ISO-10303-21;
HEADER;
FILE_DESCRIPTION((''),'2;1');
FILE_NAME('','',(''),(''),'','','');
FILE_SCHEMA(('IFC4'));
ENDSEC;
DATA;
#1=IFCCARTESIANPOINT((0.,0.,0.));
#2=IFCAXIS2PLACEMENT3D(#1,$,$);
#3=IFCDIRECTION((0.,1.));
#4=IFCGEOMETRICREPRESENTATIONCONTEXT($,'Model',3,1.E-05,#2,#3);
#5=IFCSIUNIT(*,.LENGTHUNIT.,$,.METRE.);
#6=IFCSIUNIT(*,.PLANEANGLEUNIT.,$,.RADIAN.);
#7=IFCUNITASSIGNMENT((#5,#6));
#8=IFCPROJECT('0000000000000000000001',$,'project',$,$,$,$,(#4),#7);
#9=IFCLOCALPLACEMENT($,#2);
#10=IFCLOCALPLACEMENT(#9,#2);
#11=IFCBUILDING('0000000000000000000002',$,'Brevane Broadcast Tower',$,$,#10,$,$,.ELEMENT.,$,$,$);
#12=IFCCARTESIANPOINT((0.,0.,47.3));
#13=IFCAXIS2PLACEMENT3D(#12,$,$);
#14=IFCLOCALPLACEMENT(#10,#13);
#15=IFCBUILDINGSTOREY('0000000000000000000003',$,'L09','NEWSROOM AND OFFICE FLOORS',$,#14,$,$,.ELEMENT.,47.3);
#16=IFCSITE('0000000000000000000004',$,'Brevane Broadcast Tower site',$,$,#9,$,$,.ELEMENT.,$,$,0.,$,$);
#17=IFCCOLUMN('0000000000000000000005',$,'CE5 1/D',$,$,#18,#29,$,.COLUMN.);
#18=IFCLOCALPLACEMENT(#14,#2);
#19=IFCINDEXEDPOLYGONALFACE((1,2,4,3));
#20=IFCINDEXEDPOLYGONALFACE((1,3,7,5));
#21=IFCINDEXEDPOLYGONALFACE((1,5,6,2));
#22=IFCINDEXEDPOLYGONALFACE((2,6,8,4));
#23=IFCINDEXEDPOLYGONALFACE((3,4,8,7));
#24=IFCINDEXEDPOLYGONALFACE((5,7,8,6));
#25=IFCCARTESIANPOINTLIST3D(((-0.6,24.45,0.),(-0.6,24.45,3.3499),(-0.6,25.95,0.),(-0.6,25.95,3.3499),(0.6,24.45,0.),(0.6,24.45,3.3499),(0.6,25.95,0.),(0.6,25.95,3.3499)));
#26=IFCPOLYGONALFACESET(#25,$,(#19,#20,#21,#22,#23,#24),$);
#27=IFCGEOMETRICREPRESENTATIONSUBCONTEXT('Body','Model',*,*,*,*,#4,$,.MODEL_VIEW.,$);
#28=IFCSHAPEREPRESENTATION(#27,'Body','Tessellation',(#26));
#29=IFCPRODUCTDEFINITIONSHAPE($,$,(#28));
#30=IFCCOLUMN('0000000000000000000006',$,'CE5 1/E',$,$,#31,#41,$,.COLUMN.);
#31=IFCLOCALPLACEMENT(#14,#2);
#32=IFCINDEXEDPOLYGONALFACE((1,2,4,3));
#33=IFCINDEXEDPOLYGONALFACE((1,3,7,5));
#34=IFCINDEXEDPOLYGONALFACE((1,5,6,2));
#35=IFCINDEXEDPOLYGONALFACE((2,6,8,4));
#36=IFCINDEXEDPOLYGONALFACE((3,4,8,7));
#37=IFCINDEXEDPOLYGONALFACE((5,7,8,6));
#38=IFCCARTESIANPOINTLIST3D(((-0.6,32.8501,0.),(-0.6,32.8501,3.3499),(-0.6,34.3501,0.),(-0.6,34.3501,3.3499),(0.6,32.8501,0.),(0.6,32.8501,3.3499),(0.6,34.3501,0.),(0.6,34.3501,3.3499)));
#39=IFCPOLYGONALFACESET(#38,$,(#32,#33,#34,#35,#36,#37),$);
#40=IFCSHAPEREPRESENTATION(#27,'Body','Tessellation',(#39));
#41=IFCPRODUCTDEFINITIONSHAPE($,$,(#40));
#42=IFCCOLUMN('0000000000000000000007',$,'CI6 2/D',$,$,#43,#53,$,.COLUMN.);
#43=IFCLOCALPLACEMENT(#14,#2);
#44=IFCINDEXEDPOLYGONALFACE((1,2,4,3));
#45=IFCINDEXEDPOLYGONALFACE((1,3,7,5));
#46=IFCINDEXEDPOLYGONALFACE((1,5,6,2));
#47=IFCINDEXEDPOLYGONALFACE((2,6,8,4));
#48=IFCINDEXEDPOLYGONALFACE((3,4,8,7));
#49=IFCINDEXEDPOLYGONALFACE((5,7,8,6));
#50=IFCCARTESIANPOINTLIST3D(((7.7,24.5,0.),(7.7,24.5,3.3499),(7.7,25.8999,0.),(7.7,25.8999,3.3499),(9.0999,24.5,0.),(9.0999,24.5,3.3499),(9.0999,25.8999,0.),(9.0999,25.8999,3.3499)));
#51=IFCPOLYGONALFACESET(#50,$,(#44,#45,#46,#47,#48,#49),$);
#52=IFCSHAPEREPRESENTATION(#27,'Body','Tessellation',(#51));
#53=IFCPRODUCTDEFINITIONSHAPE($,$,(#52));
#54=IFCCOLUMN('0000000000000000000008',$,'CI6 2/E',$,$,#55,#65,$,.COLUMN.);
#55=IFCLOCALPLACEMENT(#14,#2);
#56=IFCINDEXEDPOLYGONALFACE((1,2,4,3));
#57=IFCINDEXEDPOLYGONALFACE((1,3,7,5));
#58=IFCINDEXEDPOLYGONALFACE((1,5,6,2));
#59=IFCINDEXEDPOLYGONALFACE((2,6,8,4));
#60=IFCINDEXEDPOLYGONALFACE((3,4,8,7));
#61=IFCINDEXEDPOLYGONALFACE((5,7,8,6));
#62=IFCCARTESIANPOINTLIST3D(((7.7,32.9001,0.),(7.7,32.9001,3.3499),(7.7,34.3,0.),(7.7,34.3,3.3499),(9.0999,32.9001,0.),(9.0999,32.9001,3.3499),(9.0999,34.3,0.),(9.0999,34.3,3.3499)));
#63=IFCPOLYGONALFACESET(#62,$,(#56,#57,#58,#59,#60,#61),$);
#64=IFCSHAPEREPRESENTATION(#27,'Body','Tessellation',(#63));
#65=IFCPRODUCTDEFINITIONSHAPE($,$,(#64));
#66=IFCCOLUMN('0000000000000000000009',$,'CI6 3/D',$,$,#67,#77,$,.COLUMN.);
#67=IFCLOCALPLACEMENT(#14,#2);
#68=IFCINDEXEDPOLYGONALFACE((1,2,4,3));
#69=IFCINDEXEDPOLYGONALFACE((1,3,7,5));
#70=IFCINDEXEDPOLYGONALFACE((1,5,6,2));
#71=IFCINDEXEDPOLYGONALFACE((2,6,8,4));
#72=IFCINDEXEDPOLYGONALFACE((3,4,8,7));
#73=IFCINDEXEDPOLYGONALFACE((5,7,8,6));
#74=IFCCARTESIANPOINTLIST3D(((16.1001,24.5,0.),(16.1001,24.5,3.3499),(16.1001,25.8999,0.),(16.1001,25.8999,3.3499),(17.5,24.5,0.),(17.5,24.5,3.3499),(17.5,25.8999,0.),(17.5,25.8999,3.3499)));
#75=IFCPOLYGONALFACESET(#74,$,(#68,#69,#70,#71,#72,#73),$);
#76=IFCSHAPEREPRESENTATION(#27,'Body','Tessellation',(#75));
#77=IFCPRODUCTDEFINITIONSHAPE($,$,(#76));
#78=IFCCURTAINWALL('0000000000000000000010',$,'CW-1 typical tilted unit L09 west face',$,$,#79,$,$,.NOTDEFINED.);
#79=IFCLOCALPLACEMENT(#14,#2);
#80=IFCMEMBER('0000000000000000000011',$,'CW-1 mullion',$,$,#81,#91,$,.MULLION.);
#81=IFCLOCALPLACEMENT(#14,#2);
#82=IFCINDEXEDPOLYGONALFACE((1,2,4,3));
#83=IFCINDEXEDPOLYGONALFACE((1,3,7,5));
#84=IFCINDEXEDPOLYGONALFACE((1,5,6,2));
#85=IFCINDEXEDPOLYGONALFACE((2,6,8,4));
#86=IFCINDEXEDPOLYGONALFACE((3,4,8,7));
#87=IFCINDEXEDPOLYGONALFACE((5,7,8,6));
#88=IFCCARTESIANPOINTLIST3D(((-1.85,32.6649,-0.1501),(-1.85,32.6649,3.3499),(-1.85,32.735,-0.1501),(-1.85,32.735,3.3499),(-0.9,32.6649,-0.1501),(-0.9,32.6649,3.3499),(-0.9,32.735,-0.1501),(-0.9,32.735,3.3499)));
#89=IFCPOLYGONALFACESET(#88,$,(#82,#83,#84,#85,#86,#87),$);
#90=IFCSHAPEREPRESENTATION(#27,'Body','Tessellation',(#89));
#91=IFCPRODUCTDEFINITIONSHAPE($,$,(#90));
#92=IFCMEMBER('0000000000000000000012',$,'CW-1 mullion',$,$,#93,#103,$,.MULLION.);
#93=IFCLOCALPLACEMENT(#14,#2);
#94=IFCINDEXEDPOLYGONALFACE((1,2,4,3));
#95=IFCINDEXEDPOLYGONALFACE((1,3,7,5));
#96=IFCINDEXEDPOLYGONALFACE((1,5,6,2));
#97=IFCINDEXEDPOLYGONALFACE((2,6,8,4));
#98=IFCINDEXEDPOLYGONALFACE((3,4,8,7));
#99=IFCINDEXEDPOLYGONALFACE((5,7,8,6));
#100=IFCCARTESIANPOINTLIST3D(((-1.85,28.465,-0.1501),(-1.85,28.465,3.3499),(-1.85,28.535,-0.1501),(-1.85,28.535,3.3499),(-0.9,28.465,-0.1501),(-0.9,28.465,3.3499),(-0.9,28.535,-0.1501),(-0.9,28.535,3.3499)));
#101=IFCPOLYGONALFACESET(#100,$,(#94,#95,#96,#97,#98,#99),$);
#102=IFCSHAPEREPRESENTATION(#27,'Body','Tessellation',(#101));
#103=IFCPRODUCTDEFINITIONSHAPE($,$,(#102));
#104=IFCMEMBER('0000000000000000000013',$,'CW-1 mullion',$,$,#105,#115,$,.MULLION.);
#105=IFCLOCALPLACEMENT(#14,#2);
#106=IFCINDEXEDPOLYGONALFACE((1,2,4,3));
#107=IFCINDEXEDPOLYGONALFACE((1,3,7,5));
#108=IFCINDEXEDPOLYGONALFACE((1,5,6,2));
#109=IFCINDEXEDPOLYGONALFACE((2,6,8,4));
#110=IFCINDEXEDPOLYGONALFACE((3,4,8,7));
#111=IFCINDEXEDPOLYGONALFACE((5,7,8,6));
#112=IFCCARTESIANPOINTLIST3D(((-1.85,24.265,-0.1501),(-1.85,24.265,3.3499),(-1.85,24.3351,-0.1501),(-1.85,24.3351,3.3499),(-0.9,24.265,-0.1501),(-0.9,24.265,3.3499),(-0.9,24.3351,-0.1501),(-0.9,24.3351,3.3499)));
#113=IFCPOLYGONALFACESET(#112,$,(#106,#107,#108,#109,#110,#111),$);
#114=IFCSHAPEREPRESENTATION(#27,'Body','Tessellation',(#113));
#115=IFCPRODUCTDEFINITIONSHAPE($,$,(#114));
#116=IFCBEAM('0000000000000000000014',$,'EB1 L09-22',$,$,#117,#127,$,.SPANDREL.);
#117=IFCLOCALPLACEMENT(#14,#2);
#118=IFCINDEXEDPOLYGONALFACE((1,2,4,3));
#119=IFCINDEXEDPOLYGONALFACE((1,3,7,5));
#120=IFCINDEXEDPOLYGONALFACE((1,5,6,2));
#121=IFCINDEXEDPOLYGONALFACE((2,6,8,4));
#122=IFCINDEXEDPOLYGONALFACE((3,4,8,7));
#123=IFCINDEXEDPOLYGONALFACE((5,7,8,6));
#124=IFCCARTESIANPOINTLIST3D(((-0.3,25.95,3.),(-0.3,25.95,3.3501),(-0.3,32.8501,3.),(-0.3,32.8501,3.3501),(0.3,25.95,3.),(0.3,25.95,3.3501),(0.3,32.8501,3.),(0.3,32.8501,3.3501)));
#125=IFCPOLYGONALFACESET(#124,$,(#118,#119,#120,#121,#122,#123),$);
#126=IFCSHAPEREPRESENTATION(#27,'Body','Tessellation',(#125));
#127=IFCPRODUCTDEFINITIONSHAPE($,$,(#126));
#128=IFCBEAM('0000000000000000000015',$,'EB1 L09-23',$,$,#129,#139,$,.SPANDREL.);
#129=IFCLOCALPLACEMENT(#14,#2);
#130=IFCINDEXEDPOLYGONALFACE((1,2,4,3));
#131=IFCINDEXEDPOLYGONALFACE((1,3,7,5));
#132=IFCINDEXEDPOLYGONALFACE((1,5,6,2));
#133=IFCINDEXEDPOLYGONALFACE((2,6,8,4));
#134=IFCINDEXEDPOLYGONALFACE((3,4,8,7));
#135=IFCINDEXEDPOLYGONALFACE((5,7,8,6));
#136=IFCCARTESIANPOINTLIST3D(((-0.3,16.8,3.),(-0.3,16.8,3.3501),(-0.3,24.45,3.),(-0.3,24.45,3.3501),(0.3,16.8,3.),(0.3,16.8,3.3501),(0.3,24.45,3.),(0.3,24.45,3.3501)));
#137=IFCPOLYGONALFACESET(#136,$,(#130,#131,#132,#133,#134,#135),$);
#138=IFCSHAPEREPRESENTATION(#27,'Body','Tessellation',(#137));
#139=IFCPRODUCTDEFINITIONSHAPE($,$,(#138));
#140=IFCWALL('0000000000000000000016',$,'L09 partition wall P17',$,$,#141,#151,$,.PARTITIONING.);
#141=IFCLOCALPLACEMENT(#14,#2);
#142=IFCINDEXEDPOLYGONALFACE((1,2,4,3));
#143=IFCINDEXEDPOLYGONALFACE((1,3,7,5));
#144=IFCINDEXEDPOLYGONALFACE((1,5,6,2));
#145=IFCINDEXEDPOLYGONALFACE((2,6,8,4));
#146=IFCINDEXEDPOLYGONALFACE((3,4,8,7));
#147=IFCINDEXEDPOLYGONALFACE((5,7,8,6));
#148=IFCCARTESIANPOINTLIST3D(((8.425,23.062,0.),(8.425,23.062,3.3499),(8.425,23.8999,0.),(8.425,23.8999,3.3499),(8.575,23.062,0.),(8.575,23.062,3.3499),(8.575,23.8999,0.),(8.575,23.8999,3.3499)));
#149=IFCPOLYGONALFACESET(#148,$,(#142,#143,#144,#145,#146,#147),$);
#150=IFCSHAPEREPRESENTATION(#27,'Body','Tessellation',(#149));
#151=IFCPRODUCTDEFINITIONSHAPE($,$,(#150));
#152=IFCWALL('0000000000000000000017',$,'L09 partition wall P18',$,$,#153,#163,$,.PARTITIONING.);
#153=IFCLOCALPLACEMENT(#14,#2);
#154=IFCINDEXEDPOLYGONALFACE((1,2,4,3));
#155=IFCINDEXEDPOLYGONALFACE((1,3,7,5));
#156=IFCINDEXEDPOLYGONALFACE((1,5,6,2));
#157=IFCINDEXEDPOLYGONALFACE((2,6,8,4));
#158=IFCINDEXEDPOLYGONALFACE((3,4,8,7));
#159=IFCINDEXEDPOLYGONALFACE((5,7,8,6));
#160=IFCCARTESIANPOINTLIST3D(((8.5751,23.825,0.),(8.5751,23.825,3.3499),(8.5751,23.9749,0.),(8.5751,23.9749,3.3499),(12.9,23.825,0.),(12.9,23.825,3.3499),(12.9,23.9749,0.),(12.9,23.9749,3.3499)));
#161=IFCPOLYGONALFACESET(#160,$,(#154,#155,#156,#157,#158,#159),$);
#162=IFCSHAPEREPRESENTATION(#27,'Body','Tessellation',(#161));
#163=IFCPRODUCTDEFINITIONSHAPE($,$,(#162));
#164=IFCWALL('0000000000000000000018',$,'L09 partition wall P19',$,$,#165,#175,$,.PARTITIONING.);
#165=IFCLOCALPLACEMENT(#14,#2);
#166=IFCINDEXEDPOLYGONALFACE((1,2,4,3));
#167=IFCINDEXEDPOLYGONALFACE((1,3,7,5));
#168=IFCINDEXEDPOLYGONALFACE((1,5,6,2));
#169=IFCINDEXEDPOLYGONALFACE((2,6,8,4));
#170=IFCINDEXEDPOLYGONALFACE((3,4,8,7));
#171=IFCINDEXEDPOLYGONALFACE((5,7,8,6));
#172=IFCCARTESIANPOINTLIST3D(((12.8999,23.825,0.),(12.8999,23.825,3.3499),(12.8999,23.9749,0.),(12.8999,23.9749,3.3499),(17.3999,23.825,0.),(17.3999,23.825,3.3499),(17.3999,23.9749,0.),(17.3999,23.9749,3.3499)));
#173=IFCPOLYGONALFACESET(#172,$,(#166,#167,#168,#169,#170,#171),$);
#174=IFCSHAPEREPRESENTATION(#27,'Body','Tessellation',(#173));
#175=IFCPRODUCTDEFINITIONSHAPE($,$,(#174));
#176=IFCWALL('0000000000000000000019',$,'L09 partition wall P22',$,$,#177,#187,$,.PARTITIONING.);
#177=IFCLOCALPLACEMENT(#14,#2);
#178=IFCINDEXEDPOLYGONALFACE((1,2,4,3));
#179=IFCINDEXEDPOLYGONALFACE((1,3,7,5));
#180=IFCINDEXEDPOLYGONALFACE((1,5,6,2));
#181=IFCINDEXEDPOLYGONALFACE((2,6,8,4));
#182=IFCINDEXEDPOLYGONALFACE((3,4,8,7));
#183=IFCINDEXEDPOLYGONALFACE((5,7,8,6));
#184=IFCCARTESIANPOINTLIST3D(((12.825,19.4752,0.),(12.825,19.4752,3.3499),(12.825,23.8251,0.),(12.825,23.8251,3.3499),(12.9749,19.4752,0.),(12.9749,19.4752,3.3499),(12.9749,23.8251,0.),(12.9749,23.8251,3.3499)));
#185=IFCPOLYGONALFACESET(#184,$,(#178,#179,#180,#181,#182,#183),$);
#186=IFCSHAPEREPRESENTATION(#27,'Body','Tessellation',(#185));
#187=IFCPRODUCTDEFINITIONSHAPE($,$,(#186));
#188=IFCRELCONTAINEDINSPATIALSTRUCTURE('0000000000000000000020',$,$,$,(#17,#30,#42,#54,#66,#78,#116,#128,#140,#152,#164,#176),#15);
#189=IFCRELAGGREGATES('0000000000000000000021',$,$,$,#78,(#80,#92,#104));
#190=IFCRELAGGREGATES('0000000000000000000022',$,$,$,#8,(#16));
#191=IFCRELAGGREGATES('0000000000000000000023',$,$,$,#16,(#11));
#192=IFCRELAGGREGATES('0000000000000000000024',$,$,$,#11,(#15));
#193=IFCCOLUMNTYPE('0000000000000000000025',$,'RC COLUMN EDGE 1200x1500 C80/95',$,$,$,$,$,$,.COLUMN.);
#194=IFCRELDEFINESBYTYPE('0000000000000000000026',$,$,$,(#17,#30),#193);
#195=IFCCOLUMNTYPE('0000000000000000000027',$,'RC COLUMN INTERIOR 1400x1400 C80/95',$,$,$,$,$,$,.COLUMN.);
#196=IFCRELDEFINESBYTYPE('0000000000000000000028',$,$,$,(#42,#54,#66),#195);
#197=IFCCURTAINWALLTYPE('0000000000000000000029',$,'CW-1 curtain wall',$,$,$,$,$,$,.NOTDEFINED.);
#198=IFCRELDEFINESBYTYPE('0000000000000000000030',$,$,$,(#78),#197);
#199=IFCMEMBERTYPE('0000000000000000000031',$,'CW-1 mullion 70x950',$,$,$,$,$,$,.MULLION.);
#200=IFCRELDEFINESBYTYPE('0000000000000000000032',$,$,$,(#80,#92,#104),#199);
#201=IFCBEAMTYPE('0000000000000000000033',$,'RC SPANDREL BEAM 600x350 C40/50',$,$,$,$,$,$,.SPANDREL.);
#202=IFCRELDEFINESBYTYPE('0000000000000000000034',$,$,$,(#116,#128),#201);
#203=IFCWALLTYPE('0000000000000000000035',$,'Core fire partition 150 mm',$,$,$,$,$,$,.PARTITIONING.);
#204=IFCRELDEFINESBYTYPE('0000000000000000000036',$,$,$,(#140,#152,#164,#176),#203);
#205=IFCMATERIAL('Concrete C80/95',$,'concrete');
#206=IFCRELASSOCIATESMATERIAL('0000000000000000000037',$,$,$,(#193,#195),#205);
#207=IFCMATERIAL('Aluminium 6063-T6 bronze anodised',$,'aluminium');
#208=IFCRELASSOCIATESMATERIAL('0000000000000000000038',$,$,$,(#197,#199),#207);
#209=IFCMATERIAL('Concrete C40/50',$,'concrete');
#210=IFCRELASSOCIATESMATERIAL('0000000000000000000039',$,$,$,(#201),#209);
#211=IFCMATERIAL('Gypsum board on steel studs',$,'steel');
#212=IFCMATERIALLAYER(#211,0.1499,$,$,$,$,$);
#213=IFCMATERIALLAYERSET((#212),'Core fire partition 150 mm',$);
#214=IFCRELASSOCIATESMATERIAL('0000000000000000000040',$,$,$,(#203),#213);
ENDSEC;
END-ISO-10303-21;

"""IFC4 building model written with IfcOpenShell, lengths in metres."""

from ifc_helpers import new_model, si_unit, direction, frame, frame_2d, origin, origin_2d, place, context, subcontext, project, spatial, rectangle, extrude, material, layer, layer_set, material_profile, profile_set, type_object, element, aggregate, save


model = new_model("IFC4")

# Units and contexts
model_context = context("Model", 3, precision=1e-05, world=origin(), true_north=direction((0.0, 1.0)))
body_context = subcontext(model_context, "Body", "Model", "MODEL_VIEW")
ifc_project = project(units=[si_unit("LENGTHUNIT", "METRE"), si_unit("PLANEANGLEUNIT", "RADIAN")], contexts=[model_context])

# Site, building, storey
site_placement = place(None, origin())
site = spatial("IfcSite", under=ifc_project, at=site_placement, Name="Brevane Broadcast Tower site", CompositionType="ELEMENT", RefElevation=0.0)
building_placement = place(site_placement, origin())
building = spatial("IfcBuilding", under=site, at=building_placement, Name="Brevane Broadcast Tower", CompositionType="ELEMENT")
storey_placement = place(building_placement, frame((0.0, 0.0, 47.3)))
storey = spatial("IfcBuildingStorey", under=building, at=storey_placement, Name="L09", Description="NEWSROOM AND OFFICE FLOORS", CompositionType="ELEMENT", Elevation=47.3)

# Columns
ifc_material_1 = material(Name="Concrete C80/95", Category="concrete")
ifc_material_profile_1 = material_profile(ifc_material_1, rectangle(XDim=1.2, YDim=1.5, at=origin_2d()), Name="RC 1200x1500")
ifc_profile_set_1 = profile_set([ifc_material_profile_1], Name="Concrete C80/95")
column_type_1 = type_object("IfcColumnType", Name="RC COLUMN EDGE 1200x1500 C80/95", PredefinedType="COLUMN", material=ifc_profile_set_1)
for number, where, z_axis, x_axis, name in (
    (1, (0.0, 25.2, 0.0), (0.0, 0.0, 1.0), (1.0, 0.0, 0.0), "CE5 1/D"),
    (2, (0.0, 33.6001, 0.0), (0.0, 0.0, 1.0), (1.0, 0.0, 0.0), "CE5 1/E"),
):
    element("IfcColumn", number, at=place(storey_placement, frame(where, z_axis=z_axis, x_axis=x_axis)), inside=storey, type_object=column_type_1, Name=name, PredefinedType="COLUMN", context=body_context, shape_type="SweptSolid", body=[
        extrude(rectangle(XDim=1.2, YDim=1.5, at=origin_2d()), origin(), (0.0, 0.0, 1.0), 3.3499),
    ])
ifc_material_profile_2 = material_profile(ifc_material_1, rectangle(XDim=1.3999, YDim=1.3999, at=origin_2d()), Name="RC 1400x1400")
ifc_profile_set_2 = profile_set([ifc_material_profile_2], Name="Concrete C80/95")
column_type_2 = type_object("IfcColumnType", Name="RC COLUMN INTERIOR 1400x1400 C80/95", PredefinedType="COLUMN", material=ifc_profile_set_2)
for number, where, z_axis, x_axis, name in (
    (3, (8.3999, 25.2, 0.0), (0.0, 0.0, 1.0), (1.0, 0.0, 0.0), "CI6 2/D"),
    (4, (8.3999, 33.6001, 0.0), (0.0, 0.0, 1.0), (1.0, 0.0, 0.0), "CI6 2/E"),
    (5, (16.8, 25.2, 0.0), (0.0, 0.0, 1.0), (1.0, 0.0, 0.0), "CI6 3/D"),
):
    element("IfcColumn", number, at=place(storey_placement, frame(where, z_axis=z_axis, x_axis=x_axis)), inside=storey, type_object=column_type_2, Name=name, PredefinedType="COLUMN", context=body_context, shape_type="SweptSolid", body=[
        extrude(rectangle(XDim=1.3999, YDim=1.3999, at=origin_2d()), origin(), (0.0, 0.0, 1.0), 3.3499),
    ])

# Curtain wall, members
ifc_material_2 = material(Name="Aluminium 6063-T6 bronze anodised", Category="aluminium")
curtain_wall_type = type_object("IfcCurtainWallType", Name="CW-1 curtain wall", PredefinedType="NOTDEFINED", material=ifc_material_2)
curtain_wall_placement = place(storey_placement, origin())
curtain_wall = element("IfcCurtainWall", 6, at=curtain_wall_placement, inside=storey, type_object=curtain_wall_type, Name="CW-1 typical tilted unit L09 west face", PredefinedType="NOTDEFINED")
ifc_material_profile_3 = material_profile(ifc_material_2, rectangle(XDim=0.95, YDim=0.0701, at=origin_2d()), Name="RECT 70x950")
ifc_profile_set_3 = profile_set([ifc_material_profile_3], Name="Aluminium 6063-T6 bronze anodised")
member_type = type_object("IfcMemberType", Name="CW-1 mullion 70x950", PredefinedType="MULLION", material=ifc_profile_set_3)
member_1_placement = place(storey_placement, frame((-1.375, 32.7, -0.1501), z_axis=(0.0, 0.0, 1.0), x_axis=(1.0, 0.0, 0.0)))
member_1 = element("IfcMember", 7, at=member_1_placement, type_object=member_type, Name="CW-1 mullion", PredefinedType="MULLION", context=body_context, shape_type="SweptSolid", body=[
    extrude(rectangle(XDim=0.95, YDim=0.0701, at=origin_2d()), origin(), (0.0, 0.0, 1.0), 3.5),
])
member_2_placement = place(storey_placement, frame((-1.375, 28.5, -0.1501), z_axis=(0.0, 0.0, 1.0), x_axis=(1.0, 0.0, 0.0)))
member_2 = element("IfcMember", 8, at=member_2_placement, type_object=member_type, Name="CW-1 mullion", PredefinedType="MULLION", context=body_context, shape_type="SweptSolid", body=[
    extrude(rectangle(XDim=0.95, YDim=0.0701, at=origin_2d()), origin(), (0.0, 0.0, 1.0), 3.5),
])
member_3_placement = place(storey_placement, frame((-1.375, 24.3, -0.1501), z_axis=(0.0, 0.0, 1.0), x_axis=(1.0, 0.0, 0.0)))
member_3 = element("IfcMember", 9, at=member_3_placement, type_object=member_type, Name="CW-1 mullion", PredefinedType="MULLION", context=body_context, shape_type="SweptSolid", body=[
    extrude(rectangle(XDim=0.95, YDim=0.0701, at=origin_2d()), origin(), (0.0, 0.0, 1.0), 3.5),
])
aggregate(curtain_wall, [member_1, member_2, member_3])

# Beams
ifc_material_3 = material(Name="Concrete C40/50", Category="concrete")
ifc_material_profile_4 = material_profile(ifc_material_3, rectangle(XDim=0.6001, YDim=0.3501, at=origin_2d()), Name="RC 600x350")
ifc_profile_set_4 = profile_set([ifc_material_profile_4], Name="Concrete C40/50")
beam_type = type_object("IfcBeamType", Name="RC SPANDREL BEAM 600x350 C40/50", PredefinedType="SPANDREL", material=ifc_profile_set_4)
beam_1_placement = place(storey_placement, frame((0.0, 32.8501, 3.175), z_axis=(0.0, -1.0, 0.0), x_axis=(1.0, 0.0, 0.0)))
element("IfcBeam", 10, at=beam_1_placement, inside=storey, type_object=beam_type, Name="EB1 L09-22", PredefinedType="SPANDREL", context=body_context, shape_type="SweptSolid", body=[
    extrude(rectangle(XDim=0.6001, YDim=0.3501, at=origin_2d()), origin(), (0.0, 0.0, 1.0), 6.9001),
])
beam_2_placement = place(storey_placement, frame((0.0, 24.45, 3.175), z_axis=(0.0, -1.0, 0.0), x_axis=(1.0, 0.0, 0.0)))
element("IfcBeam", 11, at=beam_2_placement, inside=storey, type_object=beam_type, Name="EB1 L09-23", PredefinedType="SPANDREL", context=body_context, shape_type="SweptSolid", body=[
    extrude(rectangle(XDim=0.6001, YDim=0.3501, at=origin_2d()), origin(), (0.0, 0.0, 1.0), 7.6499),
])

# Walls
ifc_material_4 = material(Name="Gypsum board on steel studs", Category="steel")
ifc_layer_1 = layer(ifc_material_4, 0.1499)
ifc_layer_set_1 = layer_set([ifc_layer_1], Name="Core fire partition 150 mm")
wall_type_1 = type_object("IfcWallType", Name="Core fire partition 150 mm", PredefinedType="PARTITIONING", material=ifc_layer_set_1)
wall_1_placement = place(storey_placement, frame((8.5, 23.062, 0.0), z_axis=(0.0, 0.0, 1.0), x_axis=(0.0, 1.0, 0.0)))
element("IfcWall", 12, at=wall_1_placement, inside=storey, type_object=wall_type_1, Name="L09 partition wall P17", PredefinedType="PARTITIONING", context=body_context, shape_type="SweptSolid", body=[
    extrude(rectangle(XDim=0.8379, YDim=0.1499, at=frame_2d((0.4189, 0.0))), origin(), (0.0, 0.0, 1.0), 3.3499),
])
wall_2_placement = place(storey_placement, frame((8.575, 23.8999, 0.0), z_axis=(0.0, 0.0, 1.0), x_axis=(1.0, 0.0, 0.0)))
element("IfcWall", 13, at=wall_2_placement, inside=storey, type_object=wall_type_1, Name="L09 partition wall P18", PredefinedType="PARTITIONING", context=body_context, shape_type="SweptSolid", body=[
    extrude(rectangle(XDim=4.325, YDim=0.1499, at=frame_2d((2.1626, 0.0))), origin(), (0.0, 0.0, 1.0), 3.3499),
])
wall_3_placement = place(storey_placement, frame((12.8999, 23.8999, 0.0), z_axis=(0.0, 0.0, 1.0), x_axis=(1.0, 0.0, 0.0)))
element("IfcWall", 14, at=wall_3_placement, inside=storey, type_object=wall_type_1, Name="L09 partition wall P19", PredefinedType="PARTITIONING", context=body_context, shape_type="SweptSolid", body=[
    extrude(rectangle(XDim=4.5, YDim=0.1499, at=frame_2d((2.25, 0.0))), origin(), (0.0, 0.0, 1.0), 3.3499),
])
wall_4_placement = place(storey_placement, frame((12.8999, 23.825, 0.0), z_axis=(0.0, 0.0, 1.0), x_axis=(0.0, -1.0, 0.0)))
element("IfcWall", 15, at=wall_4_placement, inside=storey, type_object=wall_type_1, Name="L09 partition wall P22", PredefinedType="PARTITIONING", context=body_context, shape_type="SweptSolid", body=[
    extrude(rectangle(XDim=4.3499, YDim=0.1499, at=frame_2d((2.1748, 0.0))), origin(), (0.0, 0.0, 1.0), 3.3499),
])

save(model, "model.ifc")
